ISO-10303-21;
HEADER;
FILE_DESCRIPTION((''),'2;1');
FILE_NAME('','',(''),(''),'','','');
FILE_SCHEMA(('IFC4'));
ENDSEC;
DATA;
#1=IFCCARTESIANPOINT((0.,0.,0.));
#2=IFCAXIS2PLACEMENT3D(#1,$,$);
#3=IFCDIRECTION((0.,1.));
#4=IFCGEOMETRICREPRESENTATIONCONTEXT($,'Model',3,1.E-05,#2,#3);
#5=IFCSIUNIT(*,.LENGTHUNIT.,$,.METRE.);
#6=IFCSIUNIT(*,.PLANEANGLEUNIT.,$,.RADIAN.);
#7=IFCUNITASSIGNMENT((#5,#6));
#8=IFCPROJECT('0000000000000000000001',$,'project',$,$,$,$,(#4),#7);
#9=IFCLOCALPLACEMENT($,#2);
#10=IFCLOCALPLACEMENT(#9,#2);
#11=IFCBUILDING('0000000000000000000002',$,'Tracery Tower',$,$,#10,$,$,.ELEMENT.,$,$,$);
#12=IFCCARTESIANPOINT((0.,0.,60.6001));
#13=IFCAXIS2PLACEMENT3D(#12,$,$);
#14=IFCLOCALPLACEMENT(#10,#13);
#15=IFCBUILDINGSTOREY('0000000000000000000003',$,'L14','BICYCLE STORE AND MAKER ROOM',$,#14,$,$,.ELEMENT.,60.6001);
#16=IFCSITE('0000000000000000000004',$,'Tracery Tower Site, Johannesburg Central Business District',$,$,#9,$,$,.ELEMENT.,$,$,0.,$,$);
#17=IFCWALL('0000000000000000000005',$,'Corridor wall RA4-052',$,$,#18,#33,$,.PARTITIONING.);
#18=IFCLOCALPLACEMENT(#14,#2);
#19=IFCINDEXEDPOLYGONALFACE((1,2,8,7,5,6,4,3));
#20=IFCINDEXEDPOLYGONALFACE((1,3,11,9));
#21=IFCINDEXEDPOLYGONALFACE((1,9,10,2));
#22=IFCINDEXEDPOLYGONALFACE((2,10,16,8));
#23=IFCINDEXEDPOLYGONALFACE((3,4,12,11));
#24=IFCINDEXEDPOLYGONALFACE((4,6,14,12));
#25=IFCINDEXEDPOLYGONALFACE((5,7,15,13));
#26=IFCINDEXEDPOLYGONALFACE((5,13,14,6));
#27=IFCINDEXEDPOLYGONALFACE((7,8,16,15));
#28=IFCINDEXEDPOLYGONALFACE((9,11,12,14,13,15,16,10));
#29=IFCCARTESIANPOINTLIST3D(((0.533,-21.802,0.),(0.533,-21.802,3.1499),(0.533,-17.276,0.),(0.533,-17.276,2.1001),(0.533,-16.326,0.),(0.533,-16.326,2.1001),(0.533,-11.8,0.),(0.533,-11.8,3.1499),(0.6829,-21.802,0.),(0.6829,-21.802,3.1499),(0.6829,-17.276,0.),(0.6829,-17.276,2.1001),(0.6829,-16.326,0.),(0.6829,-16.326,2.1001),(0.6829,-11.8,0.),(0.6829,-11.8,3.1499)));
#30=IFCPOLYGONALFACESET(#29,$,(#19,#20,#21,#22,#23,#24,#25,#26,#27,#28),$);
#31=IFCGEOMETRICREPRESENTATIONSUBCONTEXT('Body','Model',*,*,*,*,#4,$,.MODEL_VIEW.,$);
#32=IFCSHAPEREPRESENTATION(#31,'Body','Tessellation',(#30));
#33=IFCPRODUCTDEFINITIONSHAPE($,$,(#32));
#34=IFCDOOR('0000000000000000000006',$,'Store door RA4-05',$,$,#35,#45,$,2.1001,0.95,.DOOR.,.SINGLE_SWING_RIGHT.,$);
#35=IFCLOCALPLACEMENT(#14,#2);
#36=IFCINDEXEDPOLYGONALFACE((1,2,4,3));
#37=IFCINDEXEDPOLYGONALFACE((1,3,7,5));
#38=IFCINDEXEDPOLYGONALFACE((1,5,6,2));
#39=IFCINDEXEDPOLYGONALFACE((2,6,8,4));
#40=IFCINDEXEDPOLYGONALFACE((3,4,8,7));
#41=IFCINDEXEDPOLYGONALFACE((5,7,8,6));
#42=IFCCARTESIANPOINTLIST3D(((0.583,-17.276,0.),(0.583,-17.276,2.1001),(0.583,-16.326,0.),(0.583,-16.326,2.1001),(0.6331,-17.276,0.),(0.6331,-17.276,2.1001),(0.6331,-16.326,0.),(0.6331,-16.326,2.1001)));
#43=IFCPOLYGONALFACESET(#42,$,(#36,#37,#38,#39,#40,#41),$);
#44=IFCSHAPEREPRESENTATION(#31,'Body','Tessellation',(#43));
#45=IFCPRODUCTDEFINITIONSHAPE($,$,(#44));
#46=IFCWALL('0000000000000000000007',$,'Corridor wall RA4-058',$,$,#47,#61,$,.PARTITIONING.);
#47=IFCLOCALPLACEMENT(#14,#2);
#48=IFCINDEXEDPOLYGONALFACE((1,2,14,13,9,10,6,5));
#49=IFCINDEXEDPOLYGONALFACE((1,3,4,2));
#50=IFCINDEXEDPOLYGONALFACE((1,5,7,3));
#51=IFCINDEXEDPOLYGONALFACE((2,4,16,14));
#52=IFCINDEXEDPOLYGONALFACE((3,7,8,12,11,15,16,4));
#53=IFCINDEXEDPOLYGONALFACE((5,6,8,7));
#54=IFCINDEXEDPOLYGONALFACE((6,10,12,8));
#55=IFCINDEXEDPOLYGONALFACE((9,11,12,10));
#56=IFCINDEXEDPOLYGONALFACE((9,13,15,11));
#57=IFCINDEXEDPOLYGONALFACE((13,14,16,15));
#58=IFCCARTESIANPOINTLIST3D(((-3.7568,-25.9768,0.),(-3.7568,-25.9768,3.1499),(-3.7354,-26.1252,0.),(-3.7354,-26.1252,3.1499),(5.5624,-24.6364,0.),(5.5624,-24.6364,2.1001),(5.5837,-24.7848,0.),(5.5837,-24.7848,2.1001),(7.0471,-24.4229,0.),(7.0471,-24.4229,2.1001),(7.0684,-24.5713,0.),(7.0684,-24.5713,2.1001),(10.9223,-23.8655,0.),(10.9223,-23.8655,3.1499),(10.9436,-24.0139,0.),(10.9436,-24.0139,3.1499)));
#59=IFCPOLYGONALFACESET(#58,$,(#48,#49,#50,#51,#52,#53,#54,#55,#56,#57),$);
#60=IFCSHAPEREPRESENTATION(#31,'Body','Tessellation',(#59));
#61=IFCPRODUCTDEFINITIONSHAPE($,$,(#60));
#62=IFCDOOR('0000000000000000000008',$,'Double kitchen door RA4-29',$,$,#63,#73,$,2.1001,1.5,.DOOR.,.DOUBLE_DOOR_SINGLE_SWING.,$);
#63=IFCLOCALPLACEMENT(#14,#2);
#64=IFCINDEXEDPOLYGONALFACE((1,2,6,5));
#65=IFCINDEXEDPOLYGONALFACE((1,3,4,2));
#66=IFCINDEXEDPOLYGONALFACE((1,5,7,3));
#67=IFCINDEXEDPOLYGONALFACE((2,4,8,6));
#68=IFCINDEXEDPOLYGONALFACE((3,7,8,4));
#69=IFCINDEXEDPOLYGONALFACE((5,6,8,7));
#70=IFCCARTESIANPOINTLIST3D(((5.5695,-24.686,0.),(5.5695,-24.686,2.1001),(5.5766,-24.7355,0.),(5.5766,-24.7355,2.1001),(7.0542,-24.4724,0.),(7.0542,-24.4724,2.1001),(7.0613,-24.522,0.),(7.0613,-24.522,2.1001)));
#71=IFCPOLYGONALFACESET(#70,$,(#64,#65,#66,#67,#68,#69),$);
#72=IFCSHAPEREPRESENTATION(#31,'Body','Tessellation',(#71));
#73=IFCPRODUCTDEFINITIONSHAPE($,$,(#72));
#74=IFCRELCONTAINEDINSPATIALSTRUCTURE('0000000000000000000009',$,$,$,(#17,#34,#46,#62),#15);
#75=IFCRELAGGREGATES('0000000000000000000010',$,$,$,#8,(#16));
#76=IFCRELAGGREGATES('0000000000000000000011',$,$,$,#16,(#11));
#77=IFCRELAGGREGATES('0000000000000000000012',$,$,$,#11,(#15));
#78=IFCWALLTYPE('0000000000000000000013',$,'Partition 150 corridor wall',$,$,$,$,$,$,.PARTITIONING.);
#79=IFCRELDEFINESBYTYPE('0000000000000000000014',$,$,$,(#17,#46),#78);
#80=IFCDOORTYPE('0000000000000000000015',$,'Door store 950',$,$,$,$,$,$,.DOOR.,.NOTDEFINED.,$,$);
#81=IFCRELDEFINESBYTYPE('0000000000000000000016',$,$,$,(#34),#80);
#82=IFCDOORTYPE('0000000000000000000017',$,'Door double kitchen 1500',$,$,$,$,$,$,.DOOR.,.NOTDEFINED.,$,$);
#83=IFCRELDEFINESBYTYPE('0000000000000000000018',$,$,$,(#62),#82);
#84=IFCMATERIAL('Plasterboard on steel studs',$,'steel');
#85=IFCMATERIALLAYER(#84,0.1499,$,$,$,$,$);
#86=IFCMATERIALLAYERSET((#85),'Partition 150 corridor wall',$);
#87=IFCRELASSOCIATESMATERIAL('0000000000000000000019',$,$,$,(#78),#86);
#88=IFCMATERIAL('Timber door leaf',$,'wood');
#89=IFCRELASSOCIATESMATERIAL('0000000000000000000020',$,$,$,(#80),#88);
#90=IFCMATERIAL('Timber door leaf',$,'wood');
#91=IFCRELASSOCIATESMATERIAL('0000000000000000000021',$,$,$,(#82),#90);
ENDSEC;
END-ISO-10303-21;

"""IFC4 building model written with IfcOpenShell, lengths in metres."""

from ifc_helpers import new_model, si_unit, direction, frame, frame_2d, origin, place, context, subcontext, project, spatial, rectangle, extrude, material, layer, layer_set, type_object, element, fill, save


model = new_model("IFC4")

# Units and contexts
model_context = context("Model", 3, precision=1e-05, world=origin(), true_north=direction((0.0, 1.0)))
body_context = subcontext(model_context, "Body", "Model", "MODEL_VIEW")
ifc_project = project(units=[si_unit("LENGTHUNIT", "METRE"), si_unit("PLANEANGLEUNIT", "RADIAN")], contexts=[model_context])

# Site, building, storey
site_placement = place(None, origin())
site = spatial("IfcSite", under=ifc_project, at=site_placement, Name="Tracery Tower Site, Johannesburg Central Business District", CompositionType="ELEMENT", RefElevation=0.0)
building_placement = place(site_placement, origin())
building = spatial("IfcBuilding", under=site, at=building_placement, Name="Tracery Tower", CompositionType="ELEMENT")
storey_placement = place(building_placement, frame((0.0, 0.0, 60.6001)))
storey = spatial("IfcBuildingStorey", under=building, at=storey_placement, Name="L14", Description="BICYCLE STORE AND MAKER ROOM", CompositionType="ELEMENT", Elevation=60.6001)

# Shared definitions
ifc_material_1 = material(Name="Plasterboard on steel studs", Category="steel")
ifc_layer_1 = layer(ifc_material_1, 0.1499)
ifc_layer_set_1 = layer_set([ifc_layer_1], Name="Partition 150 corridor wall")
wall_type_1 = type_object("IfcWallType", Name="Partition 150 corridor wall", PredefinedType="PARTITIONING", material=ifc_layer_set_1)

# Walls, openings, doors
wall_1_placement = place(storey_placement, frame((0.6079, -21.802, 0.0), z_axis=(0.0, 0.0, 1.0), x_axis=(0.0, 1.0, 0.0)))
wall_1 = element("IfcWall", 1, at=wall_1_placement, inside=storey, type_object=wall_type_1, Name="Corridor wall RA4-052", PredefinedType="PARTITIONING", context=body_context, shape_type="SweptSolid", body=[
    extrude(rectangle(XDim=10.002, YDim=0.1499, at=frame_2d((5.001, 0.0))), origin(), (0.0, 0.0, 1.0), 3.1499),
])
opening_1_placement = place(wall_1_placement, frame((4.5259, 0.0, 0.0)))
opening_1 = element("IfcOpeningElement", 2, at=opening_1_placement, cuts=wall_1, PredefinedType="OPENING", context=body_context, shape_type="SweptSolid", body=[
    extrude(rectangle(XDim=0.95, YDim=2.1001, at=frame_2d((0.4751, 1.05))), frame((0.0, 0.075, 0.0), z_axis=(0.0, -1.0, 0.0), x_axis=(1.0, 0.0, 0.0)), (0.0, 0.0, 1.0), 0.1499),
])
ifc_material_2 = material(Name="Timber door leaf", Category="wood")
door_type_1 = type_object("IfcDoorType", Name="Door store 950", OperationType="NOTDEFINED", PredefinedType="DOOR", material=ifc_material_2)
door_1_placement = place(opening_1_placement, origin())
door_1 = element("IfcDoor", 3, at=door_1_placement, inside=storey, type_object=door_type_1, Name="Store door RA4-05", OperationType="SINGLE_SWING_RIGHT", OverallHeight=2.1001, OverallWidth=0.95, PredefinedType="DOOR", context=body_context, shape_type="SweptSolid", body=[
    extrude(rectangle(XDim=0.95, YDim=2.1001, at=frame_2d((0.4751, 1.05))), frame((0.0, 0.0249, 0.0), z_axis=(0.0, -1.0, 0.0), x_axis=(1.0, 0.0, 0.0)), (0.0, 0.0, 1.0), 0.05),
])
fill(opening_1, door_1)
wall_2_placement = place(storey_placement, frame((-3.7461, -26.051, 0.0), z_axis=(0.0, 0.0, 1.0), x_axis=(0.989814, 0.142369, 0.0)))
wall_2 = element("IfcWall", 4, at=wall_2_placement, inside=storey, type_object=wall_type_1, Name="Corridor wall RA4-058", PredefinedType="PARTITIONING", context=body_context, shape_type="SweptSolid", body=[
    extrude(rectangle(XDim=14.8301, YDim=0.1499, at=frame_2d((7.415, 0.0))), origin(), (0.0, 0.0, 1.0), 3.1499),
])
opening_2_placement = place(wall_2_placement, frame((9.415, 0.0, 0.0)))
opening_2 = element("IfcOpeningElement", 5, at=opening_2_placement, cuts=wall_2, PredefinedType="OPENING", context=body_context, shape_type="SweptSolid", body=[
    extrude(rectangle(XDim=1.5, YDim=2.1001, at=frame_2d((0.75, 1.05))), frame((0.0, 0.075, 0.0), z_axis=(0.0, -1.0, 0.0), x_axis=(1.0, 0.0, 0.0)), (0.0, 0.0, 1.0), 0.1499),
])
ifc_material_3 = material(Name="Timber door leaf", Category="wood")
door_type_2 = type_object("IfcDoorType", Name="Door double kitchen 1500", OperationType="NOTDEFINED", PredefinedType="DOOR", material=ifc_material_3)
door_2_placement = place(opening_2_placement, origin())
door_2 = element("IfcDoor", 6, at=door_2_placement, inside=storey, type_object=door_type_2, Name="Double kitchen door RA4-29", OperationType="DOUBLE_DOOR_SINGLE_SWING", OverallHeight=2.1001, OverallWidth=1.5, PredefinedType="DOOR", context=body_context, shape_type="SweptSolid", body=[
    extrude(rectangle(XDim=1.5, YDim=2.1001, at=frame_2d((0.75, 1.05))), frame((0.0, 0.0249, 0.0), z_axis=(0.0, -1.0, 0.0), x_axis=(1.0, 0.0, 0.0)), (0.0, 0.0, 1.0), 0.05),
])
fill(opening_2, door_2)

save(model, "model.ifc")
